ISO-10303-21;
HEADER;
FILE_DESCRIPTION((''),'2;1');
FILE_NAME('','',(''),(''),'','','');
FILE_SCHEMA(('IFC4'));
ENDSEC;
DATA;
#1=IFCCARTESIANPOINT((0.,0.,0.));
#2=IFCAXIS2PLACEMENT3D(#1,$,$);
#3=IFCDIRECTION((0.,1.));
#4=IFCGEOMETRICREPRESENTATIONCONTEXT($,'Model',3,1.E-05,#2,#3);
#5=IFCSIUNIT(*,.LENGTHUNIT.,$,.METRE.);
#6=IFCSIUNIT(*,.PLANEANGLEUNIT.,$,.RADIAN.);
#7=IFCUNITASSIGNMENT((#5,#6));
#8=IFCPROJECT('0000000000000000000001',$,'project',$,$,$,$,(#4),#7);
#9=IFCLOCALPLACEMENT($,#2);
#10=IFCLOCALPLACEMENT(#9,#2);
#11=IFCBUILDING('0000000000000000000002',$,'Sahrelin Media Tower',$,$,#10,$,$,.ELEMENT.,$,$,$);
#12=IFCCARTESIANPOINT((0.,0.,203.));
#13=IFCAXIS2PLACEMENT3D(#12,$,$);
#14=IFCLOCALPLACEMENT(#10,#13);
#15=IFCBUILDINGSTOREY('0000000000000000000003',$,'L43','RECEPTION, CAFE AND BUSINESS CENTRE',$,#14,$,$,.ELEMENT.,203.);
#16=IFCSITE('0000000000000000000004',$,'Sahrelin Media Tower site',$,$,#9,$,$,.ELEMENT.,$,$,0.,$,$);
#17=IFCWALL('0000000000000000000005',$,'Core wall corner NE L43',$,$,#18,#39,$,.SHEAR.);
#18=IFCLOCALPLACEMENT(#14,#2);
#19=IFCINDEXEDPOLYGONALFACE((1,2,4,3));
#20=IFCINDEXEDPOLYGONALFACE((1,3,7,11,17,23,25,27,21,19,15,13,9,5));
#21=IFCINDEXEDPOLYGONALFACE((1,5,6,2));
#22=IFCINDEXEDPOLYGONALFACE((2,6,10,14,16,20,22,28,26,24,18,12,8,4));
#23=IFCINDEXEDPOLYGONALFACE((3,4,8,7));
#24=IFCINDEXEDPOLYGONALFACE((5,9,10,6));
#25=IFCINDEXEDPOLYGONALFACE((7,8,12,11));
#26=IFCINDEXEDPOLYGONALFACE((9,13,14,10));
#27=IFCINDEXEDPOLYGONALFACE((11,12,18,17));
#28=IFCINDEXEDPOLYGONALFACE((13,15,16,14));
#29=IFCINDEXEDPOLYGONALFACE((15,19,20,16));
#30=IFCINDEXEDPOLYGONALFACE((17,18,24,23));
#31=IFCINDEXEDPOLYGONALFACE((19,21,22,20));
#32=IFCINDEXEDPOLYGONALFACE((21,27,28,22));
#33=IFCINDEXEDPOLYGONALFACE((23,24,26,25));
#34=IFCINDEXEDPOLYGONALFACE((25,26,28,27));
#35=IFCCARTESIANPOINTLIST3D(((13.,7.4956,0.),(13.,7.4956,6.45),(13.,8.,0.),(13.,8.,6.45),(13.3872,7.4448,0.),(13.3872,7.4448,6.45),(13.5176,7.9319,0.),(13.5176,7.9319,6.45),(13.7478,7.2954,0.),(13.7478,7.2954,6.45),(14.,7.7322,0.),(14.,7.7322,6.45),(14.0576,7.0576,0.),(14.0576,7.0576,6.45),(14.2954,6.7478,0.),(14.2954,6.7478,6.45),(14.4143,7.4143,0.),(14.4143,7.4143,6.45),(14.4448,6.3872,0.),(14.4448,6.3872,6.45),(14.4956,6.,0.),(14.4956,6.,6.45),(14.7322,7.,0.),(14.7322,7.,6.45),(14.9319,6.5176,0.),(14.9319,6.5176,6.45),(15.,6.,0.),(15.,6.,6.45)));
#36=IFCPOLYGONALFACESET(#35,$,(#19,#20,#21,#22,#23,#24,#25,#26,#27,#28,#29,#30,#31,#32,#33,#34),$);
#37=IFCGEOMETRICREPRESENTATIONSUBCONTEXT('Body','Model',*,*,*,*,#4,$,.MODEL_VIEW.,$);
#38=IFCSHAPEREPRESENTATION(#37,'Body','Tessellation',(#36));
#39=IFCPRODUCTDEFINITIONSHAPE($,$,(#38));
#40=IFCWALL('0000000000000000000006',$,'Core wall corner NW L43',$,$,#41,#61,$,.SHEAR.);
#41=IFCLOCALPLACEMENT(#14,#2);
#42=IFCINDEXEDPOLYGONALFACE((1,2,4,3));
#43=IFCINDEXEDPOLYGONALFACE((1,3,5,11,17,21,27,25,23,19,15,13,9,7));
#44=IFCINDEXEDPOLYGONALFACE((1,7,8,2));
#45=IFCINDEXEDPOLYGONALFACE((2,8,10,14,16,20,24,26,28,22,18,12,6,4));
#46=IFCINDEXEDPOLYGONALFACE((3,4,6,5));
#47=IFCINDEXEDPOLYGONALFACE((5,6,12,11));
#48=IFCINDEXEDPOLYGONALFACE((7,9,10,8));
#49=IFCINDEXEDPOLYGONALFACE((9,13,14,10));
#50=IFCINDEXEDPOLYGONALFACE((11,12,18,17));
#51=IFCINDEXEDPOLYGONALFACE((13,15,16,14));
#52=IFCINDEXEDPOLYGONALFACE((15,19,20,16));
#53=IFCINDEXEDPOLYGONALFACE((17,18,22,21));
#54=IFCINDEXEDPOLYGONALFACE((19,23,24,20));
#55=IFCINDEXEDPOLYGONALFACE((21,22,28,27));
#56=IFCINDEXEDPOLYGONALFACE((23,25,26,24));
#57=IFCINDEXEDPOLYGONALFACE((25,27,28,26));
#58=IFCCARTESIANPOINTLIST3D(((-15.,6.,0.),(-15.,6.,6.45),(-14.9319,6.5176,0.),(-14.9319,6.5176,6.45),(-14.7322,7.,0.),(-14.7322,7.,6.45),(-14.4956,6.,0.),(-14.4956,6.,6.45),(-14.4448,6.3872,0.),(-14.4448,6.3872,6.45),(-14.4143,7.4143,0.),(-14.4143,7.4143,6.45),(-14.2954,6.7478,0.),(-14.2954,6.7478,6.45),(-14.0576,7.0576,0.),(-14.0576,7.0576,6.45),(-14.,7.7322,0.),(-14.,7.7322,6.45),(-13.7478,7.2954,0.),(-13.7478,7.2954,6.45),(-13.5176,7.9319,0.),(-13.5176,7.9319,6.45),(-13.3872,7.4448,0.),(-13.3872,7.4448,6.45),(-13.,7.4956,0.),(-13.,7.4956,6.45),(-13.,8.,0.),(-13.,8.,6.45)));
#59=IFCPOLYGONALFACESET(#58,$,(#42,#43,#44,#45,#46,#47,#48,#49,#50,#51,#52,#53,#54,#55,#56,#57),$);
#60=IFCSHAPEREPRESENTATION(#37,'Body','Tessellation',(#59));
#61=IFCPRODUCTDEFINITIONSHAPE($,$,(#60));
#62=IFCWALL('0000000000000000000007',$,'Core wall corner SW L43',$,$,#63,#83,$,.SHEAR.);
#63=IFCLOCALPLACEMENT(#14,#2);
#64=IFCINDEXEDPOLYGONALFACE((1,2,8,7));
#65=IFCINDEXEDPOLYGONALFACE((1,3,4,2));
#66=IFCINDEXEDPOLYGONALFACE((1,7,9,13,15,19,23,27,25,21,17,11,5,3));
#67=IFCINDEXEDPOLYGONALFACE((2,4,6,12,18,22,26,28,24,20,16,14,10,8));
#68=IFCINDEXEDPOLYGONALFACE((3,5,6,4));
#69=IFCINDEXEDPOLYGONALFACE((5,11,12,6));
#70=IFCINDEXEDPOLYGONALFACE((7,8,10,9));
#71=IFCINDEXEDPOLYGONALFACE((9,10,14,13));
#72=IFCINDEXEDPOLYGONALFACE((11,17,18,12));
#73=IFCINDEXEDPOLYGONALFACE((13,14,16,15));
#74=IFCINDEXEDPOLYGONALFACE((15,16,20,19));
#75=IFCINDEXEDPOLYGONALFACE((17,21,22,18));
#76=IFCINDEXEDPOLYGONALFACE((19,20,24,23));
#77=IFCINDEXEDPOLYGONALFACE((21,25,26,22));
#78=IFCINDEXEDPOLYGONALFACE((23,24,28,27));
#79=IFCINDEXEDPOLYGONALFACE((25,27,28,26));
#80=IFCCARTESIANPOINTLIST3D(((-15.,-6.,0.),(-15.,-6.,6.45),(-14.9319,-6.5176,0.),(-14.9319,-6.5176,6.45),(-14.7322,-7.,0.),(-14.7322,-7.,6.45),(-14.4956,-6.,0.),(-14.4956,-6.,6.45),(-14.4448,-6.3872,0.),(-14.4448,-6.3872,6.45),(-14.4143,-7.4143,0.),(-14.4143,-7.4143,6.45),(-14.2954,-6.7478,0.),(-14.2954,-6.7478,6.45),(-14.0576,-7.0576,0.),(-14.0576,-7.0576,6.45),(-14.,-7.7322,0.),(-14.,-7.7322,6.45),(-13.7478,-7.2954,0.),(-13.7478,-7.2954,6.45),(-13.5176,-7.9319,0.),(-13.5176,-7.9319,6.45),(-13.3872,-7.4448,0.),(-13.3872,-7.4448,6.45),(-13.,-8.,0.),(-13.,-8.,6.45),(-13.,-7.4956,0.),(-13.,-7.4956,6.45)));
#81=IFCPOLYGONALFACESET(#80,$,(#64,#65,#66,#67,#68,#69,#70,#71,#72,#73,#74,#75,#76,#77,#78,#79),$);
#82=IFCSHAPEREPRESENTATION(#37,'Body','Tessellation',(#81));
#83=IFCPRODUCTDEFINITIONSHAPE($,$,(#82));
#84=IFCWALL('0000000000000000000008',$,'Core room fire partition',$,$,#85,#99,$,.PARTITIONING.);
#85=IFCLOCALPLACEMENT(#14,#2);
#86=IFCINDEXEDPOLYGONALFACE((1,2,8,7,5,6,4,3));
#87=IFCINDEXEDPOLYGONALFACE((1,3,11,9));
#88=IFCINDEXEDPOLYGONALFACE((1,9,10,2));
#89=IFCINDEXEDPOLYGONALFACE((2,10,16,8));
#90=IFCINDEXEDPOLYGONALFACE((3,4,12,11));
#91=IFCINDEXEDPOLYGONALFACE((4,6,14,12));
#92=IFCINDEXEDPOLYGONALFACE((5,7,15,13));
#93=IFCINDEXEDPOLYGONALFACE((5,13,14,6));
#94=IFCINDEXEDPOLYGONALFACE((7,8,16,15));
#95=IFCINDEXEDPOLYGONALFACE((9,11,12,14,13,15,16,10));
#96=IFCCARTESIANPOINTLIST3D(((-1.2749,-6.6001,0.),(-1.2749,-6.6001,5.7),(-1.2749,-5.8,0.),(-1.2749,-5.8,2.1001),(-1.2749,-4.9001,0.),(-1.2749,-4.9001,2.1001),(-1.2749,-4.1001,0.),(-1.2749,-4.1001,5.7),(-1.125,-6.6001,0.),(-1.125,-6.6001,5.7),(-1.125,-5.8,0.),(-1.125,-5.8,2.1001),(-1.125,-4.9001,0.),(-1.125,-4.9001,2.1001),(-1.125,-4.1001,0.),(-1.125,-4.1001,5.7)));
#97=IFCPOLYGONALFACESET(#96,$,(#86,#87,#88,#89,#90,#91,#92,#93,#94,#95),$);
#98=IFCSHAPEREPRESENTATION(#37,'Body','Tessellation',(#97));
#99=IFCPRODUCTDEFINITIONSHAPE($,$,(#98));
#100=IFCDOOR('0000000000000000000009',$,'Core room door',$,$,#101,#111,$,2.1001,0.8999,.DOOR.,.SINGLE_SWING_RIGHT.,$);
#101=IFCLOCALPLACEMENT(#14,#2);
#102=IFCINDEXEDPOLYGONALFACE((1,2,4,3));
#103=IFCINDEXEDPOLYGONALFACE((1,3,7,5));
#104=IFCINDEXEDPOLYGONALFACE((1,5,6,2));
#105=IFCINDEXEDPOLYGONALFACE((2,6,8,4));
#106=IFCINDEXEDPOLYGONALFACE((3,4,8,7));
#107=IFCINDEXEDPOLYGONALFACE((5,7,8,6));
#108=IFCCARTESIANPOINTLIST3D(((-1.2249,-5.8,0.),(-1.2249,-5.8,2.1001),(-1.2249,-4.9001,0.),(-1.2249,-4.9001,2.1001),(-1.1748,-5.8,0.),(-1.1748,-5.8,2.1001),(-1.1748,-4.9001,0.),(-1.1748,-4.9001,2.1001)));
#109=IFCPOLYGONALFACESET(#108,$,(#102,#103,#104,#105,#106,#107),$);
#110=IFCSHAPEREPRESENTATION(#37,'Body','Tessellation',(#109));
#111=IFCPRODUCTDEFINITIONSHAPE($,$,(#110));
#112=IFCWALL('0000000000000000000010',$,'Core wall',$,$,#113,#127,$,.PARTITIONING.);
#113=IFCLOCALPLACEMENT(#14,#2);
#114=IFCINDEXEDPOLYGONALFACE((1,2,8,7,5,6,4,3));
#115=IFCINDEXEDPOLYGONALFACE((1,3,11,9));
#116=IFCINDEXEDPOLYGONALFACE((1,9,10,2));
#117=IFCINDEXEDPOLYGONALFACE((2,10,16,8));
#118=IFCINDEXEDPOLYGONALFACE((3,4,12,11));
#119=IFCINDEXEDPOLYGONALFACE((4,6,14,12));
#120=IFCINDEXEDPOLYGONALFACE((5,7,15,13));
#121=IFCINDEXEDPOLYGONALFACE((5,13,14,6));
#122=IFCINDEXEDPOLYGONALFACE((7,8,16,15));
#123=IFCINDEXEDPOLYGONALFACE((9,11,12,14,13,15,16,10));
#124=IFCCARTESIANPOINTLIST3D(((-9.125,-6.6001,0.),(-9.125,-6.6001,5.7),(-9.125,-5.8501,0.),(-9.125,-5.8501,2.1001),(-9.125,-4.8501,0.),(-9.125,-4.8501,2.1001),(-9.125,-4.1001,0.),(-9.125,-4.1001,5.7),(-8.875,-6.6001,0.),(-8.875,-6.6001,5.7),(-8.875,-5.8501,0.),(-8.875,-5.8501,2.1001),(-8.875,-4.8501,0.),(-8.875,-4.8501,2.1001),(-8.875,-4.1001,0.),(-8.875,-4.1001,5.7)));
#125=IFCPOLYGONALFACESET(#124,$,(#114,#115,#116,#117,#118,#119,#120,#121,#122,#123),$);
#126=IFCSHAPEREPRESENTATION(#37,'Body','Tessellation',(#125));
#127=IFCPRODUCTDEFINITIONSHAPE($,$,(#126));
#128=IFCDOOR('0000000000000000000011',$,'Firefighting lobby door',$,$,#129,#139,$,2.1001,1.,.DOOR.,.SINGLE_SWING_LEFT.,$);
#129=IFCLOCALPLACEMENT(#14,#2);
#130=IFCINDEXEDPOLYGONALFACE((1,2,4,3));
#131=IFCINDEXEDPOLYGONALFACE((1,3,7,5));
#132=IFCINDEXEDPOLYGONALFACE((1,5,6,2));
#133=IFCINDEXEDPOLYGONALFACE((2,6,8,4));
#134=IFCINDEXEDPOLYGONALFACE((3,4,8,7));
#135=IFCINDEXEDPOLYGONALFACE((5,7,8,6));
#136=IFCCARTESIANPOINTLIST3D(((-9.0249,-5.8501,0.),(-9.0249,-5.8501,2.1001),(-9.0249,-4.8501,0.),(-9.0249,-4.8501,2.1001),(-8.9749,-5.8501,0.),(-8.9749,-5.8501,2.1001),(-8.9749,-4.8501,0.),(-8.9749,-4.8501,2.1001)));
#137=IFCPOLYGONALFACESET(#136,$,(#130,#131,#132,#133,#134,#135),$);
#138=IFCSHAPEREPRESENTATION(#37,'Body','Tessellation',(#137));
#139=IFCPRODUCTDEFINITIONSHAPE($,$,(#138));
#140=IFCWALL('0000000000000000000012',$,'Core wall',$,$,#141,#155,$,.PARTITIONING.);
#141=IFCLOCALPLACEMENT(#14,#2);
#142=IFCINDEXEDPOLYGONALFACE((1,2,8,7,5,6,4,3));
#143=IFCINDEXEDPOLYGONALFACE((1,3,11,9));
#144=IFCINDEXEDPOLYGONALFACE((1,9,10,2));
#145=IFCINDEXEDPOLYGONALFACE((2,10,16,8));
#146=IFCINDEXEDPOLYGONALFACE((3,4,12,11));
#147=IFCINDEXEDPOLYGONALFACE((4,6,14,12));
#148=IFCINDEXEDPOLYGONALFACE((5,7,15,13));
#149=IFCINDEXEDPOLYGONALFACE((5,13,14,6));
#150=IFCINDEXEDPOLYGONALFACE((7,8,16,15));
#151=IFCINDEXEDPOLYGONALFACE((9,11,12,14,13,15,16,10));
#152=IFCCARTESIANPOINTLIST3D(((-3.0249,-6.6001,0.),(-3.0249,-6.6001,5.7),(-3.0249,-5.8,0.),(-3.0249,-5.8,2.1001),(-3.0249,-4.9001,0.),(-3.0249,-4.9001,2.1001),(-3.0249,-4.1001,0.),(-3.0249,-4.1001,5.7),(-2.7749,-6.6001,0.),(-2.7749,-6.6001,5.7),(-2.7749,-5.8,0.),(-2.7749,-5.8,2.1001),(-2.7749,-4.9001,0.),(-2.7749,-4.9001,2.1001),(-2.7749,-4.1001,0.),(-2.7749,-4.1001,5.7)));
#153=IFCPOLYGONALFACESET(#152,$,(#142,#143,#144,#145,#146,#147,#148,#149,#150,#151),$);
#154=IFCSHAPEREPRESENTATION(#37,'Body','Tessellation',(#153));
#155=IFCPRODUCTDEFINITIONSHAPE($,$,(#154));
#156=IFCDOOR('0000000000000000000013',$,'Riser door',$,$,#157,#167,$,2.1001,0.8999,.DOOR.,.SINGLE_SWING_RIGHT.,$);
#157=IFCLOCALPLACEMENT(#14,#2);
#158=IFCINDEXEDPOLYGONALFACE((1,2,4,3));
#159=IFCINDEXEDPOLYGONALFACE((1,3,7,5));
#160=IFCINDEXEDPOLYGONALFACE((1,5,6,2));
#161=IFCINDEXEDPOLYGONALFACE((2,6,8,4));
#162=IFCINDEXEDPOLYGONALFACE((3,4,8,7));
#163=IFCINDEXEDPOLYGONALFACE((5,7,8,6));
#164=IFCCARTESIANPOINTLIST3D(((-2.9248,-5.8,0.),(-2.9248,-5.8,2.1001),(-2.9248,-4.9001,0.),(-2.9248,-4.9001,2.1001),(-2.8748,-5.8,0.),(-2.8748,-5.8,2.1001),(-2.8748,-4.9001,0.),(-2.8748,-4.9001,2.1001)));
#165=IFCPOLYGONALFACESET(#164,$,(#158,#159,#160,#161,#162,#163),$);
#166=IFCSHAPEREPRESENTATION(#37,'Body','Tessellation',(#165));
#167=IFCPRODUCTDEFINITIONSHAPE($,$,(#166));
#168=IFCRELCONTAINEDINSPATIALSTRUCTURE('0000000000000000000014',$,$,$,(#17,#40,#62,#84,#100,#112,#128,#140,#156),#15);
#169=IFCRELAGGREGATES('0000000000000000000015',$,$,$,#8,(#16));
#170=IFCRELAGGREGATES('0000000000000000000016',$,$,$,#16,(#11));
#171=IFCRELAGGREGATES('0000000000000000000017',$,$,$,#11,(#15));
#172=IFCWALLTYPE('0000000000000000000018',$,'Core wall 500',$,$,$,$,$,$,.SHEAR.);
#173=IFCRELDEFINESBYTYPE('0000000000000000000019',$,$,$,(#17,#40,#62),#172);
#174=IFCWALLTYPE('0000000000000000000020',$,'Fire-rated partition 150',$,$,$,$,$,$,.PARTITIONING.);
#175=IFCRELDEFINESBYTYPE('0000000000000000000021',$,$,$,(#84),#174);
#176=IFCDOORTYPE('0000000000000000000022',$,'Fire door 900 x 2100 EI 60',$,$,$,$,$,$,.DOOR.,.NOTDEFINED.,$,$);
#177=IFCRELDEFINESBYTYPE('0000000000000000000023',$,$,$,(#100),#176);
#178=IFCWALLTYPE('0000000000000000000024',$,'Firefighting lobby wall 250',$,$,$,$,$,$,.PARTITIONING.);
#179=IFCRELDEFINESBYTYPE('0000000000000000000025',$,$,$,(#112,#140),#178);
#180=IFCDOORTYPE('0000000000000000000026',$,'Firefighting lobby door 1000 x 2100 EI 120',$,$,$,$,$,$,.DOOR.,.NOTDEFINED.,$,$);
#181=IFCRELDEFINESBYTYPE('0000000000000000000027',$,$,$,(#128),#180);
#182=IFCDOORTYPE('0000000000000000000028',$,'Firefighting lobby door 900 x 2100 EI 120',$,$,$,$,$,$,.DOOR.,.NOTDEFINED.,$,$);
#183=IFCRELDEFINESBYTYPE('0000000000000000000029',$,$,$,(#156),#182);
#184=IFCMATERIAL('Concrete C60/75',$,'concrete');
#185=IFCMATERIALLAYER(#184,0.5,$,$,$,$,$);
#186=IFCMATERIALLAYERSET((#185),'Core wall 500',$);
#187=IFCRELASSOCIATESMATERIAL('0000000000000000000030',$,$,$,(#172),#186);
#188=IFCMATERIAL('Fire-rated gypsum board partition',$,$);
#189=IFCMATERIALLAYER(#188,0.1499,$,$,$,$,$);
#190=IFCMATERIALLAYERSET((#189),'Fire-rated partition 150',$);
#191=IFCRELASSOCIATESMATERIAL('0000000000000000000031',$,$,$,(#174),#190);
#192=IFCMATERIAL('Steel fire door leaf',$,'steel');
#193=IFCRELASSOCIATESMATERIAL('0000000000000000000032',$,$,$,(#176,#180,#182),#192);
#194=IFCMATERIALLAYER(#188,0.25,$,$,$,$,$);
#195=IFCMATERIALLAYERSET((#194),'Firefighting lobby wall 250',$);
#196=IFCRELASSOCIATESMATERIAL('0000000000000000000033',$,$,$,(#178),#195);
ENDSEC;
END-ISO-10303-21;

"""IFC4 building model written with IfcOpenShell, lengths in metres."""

from ifc_helpers import new_model, si_unit, direction, frame, frame_2d, origin, place, context, subcontext, project, spatial, polyline, rectangle, outline, extrude, material, layer, layer_set, type_object, element, fill, save


model = new_model("IFC4")

# Units and contexts
model_context = context("Model", 3, precision=1e-05, world=origin(), true_north=direction((0.0, 1.0)))
body_context = subcontext(model_context, "Body", "Model", "MODEL_VIEW")
ifc_project = project(units=[si_unit("LENGTHUNIT", "METRE"), si_unit("PLANEANGLEUNIT", "RADIAN")], contexts=[model_context])

# Site, building, storey
site_placement = place(None, origin())
site = spatial("IfcSite", under=ifc_project, at=site_placement, Name="Sahrelin Media Tower site", CompositionType="ELEMENT", RefElevation=0.0)
building_placement = place(site_placement, origin())
building = spatial("IfcBuilding", under=site, at=building_placement, Name="Sahrelin Media Tower", CompositionType="ELEMENT")
storey_placement = place(building_placement, frame((0.0, 0.0, 203.0)))
storey = spatial("IfcBuildingStorey", under=building, at=storey_placement, Name="L43", Description="RECEPTION, CAFE AND BUSINESS CENTRE", CompositionType="ELEMENT", Elevation=203.0)

# Walls
ifc_material_1 = material(Name="Concrete C60/75", Category="concrete")
ifc_layer_1 = layer(ifc_material_1, 0.5)
ifc_layer_set_1 = layer_set([ifc_layer_1], Name="Core wall 500")
wall_type_1 = type_object("IfcWallType", Name="Core wall 500", PredefinedType="SHEAR", material=ifc_layer_set_1)
placement = place(storey_placement, origin())
element("IfcWall", 1, at=placement, inside=storey, type_object=wall_type_1, Name="Core wall corner NE L43", PredefinedType="SHEAR", context=body_context, shape_type="SweptSolid", body=[
    extrude(outline(polyline([(13.0, 8.0), (13.0, 7.4956), (13.3872, 7.4448), (13.7478, 7.2954), (14.0576, 7.0576), (14.2954, 6.7478), (14.4448, 6.3872), (14.4956, 6.0), (15.0, 6.0), (14.9319, 6.5176), (14.7322, 7.0), (14.4143, 7.4143), (14.0, 7.7322), (13.5176, 7.9319), (13.0, 8.0)])), origin(), (0.0, 0.0, 1.0), 6.45),
])
element("IfcWall", 2, at=placement, inside=storey, type_object=wall_type_1, Name="Core wall corner NW L43", PredefinedType="SHEAR", context=body_context, shape_type="SweptSolid", body=[
    extrude(outline(polyline([(-15.0, 6.0), (-14.4956, 6.0), (-14.4448, 6.3872), (-14.2954, 6.7478), (-14.0576, 7.0576), (-13.7478, 7.2954), (-13.3872, 7.4448), (-13.0, 7.4956), (-13.0, 8.0), (-13.5176, 7.9319), (-14.0, 7.7322), (-14.4143, 7.4143), (-14.7322, 7.0), (-14.9319, 6.5176), (-15.0, 6.0)])), origin(), (0.0, 0.0, 1.0), 6.45),
])
element("IfcWall", 3, at=placement, inside=storey, type_object=wall_type_1, Name="Core wall corner SW L43", PredefinedType="SHEAR", context=body_context, shape_type="SweptSolid", body=[
    extrude(outline(polyline([(-13.0, -8.0), (-13.0, -7.4956), (-13.3872, -7.4448), (-13.7478, -7.2954), (-14.0576, -7.0576), (-14.2954, -6.7478), (-14.4448, -6.3872), (-14.4956, -6.0), (-15.0, -6.0), (-14.9319, -6.5176), (-14.7322, -7.0), (-14.4143, -7.4143), (-14.0, -7.7322), (-13.5176, -7.9319), (-13.0, -8.0)])), origin(), (0.0, 0.0, 1.0), 6.45),
])

# Walls, openings, doors
ifc_material_2 = material(Name="Fire-rated gypsum board partition")
ifc_layer_2 = layer(ifc_material_2, 0.1499)
ifc_layer_set_2 = layer_set([ifc_layer_2], Name="Fire-rated partition 150")
wall_type_2 = type_object("IfcWallType", Name="Fire-rated partition 150", PredefinedType="PARTITIONING", material=ifc_layer_set_2)
wall_1_placement = place(storey_placement, frame((-1.2, -6.6001, 0.0), z_axis=(0.0, 0.0, 1.0), x_axis=(0.0, 1.0, 0.0)))
wall_1 = element("IfcWall", 4, at=wall_1_placement, inside=storey, type_object=wall_type_2, Name="Core room fire partition", PredefinedType="PARTITIONING", context=body_context, shape_type="SweptSolid", body=[
    extrude(rectangle(XDim=2.5, YDim=0.1499, at=frame_2d((1.25, 0.0))), origin(), (0.0, 0.0, 1.0), 5.7),
])
opening_1_placement = place(wall_1_placement, frame((0.8, 0.0, 0.0)))
opening_1 = element("IfcOpeningElement", 5, at=opening_1_placement, cuts=wall_1, PredefinedType="OPENING", context=body_context, shape_type="SweptSolid", body=[
    extrude(rectangle(XDim=0.8999, YDim=2.1001, at=frame_2d((0.45, 1.05))), frame((0.0, 0.075, 0.0), z_axis=(0.0, -1.0, 0.0), x_axis=(1.0, 0.0, 0.0)), (0.0, 0.0, 1.0), 0.1499),
])
ifc_material_3 = material(Name="Steel fire door leaf", Category="steel")
door_type_1 = type_object("IfcDoorType", Name="Fire door 900 x 2100 EI 60", OperationType="NOTDEFINED", PredefinedType="DOOR", material=ifc_material_3)
door_1_placement = place(opening_1_placement, origin())
door_1 = element("IfcDoor", 6, at=door_1_placement, inside=storey, type_object=door_type_1, Name="Core room door", OperationType="SINGLE_SWING_RIGHT", OverallHeight=2.1001, OverallWidth=0.8999, PredefinedType="DOOR", context=body_context, shape_type="SweptSolid", body=[
    extrude(rectangle(XDim=0.8999, YDim=2.1001, at=frame_2d((0.45, 1.05))), frame((0.0, 0.0249, 0.0), z_axis=(0.0, -1.0, 0.0), x_axis=(1.0, 0.0, 0.0)), (0.0, 0.0, 1.0), 0.05),
])
fill(opening_1, door_1)
ifc_layer_3 = layer(ifc_material_2, 0.25)
ifc_layer_set_3 = layer_set([ifc_layer_3], Name="Firefighting lobby wall 250")
wall_type_3 = type_object("IfcWallType", Name="Firefighting lobby wall 250", PredefinedType="PARTITIONING", material=ifc_layer_set_3)
wall_2_placement = place(storey_placement, frame((-9.0, -6.6001, 0.0), z_axis=(0.0, 0.0, 1.0), x_axis=(0.0, 1.0, 0.0)))
wall_2 = element("IfcWall", 7, at=wall_2_placement, inside=storey, type_object=wall_type_3, Name="Core wall", PredefinedType="PARTITIONING", context=body_context, shape_type="SweptSolid", body=[
    extrude(rectangle(XDim=2.5, YDim=0.25, at=frame_2d((1.25, 0.0))), origin(), (0.0, 0.0, 1.0), 5.7),
])
opening_2_placement = place(wall_2_placement, frame((0.75, 0.0, 0.0)))
opening_2 = element("IfcOpeningElement", 8, at=opening_2_placement, cuts=wall_2, PredefinedType="OPENING", context=body_context, shape_type="SweptSolid", body=[
    extrude(rectangle(XDim=1.0, YDim=2.1001, at=frame_2d((0.5, 1.05))), frame((0.0, 0.125, 0.0), z_axis=(0.0, -1.0, 0.0), x_axis=(1.0, 0.0, 0.0)), (0.0, 0.0, 1.0), 0.25),
])
door_type_2 = type_object("IfcDoorType", Name="Firefighting lobby door 1000 x 2100 EI 120", OperationType="NOTDEFINED", PredefinedType="DOOR", material=ifc_material_3)
door_2_placement = place(opening_2_placement, origin())
door_2 = element("IfcDoor", 9, at=door_2_placement, inside=storey, type_object=door_type_2, Name="Firefighting lobby door", OperationType="SINGLE_SWING_LEFT", OverallHeight=2.1001, OverallWidth=1.0, PredefinedType="DOOR", context=body_context, shape_type="SweptSolid", body=[
    extrude(rectangle(XDim=1.0, YDim=2.1001, at=frame_2d((0.5, 1.05))), frame((0.0, 0.0249, 0.0), z_axis=(0.0, -1.0, 0.0), x_axis=(1.0, 0.0, 0.0)), (0.0, 0.0, 1.0), 0.05),
])
fill(opening_2, door_2)
wall_3_placement = place(storey_placement, frame((-2.8999, -6.6001, 0.0), z_axis=(0.0, 0.0, 1.0), x_axis=(0.0, 1.0, 0.0)))
wall_3 = element("IfcWall", 10, at=wall_3_placement, inside=storey, type_object=wall_type_3, Name="Core wall", PredefinedType="PARTITIONING", context=body_context, shape_type="SweptSolid", body=[
    extrude(rectangle(XDim=2.5, YDim=0.25, at=frame_2d((1.25, 0.0))), origin(), (0.0, 0.0, 1.0), 5.7),
])
opening_3_placement = place(wall_3_placement, frame((0.8, 0.0, 0.0)))
opening_3 = element("IfcOpeningElement", 11, at=opening_3_placement, cuts=wall_3, PredefinedType="OPENING", context=body_context, shape_type="SweptSolid", body=[
    extrude(rectangle(XDim=0.8999, YDim=2.1001, at=frame_2d((0.45, 1.05))), frame((0.0, 0.125, 0.0), z_axis=(0.0, -1.0, 0.0), x_axis=(1.0, 0.0, 0.0)), (0.0, 0.0, 1.0), 0.25),
])
door_type_3 = type_object("IfcDoorType", Name="Firefighting lobby door 900 x 2100 EI 120", OperationType="NOTDEFINED", PredefinedType="DOOR", material=ifc_material_3)
door_3_placement = place(opening_3_placement, origin())
door_3 = element("IfcDoor", 12, at=door_3_placement, inside=storey, type_object=door_type_3, Name="Riser door", OperationType="SINGLE_SWING_RIGHT", OverallHeight=2.1001, OverallWidth=0.8999, PredefinedType="DOOR", context=body_context, shape_type="SweptSolid", body=[
    extrude(rectangle(XDim=0.8999, YDim=2.1001, at=frame_2d((0.45, 1.05))), frame((0.0, 0.0249, 0.0), z_axis=(0.0, -1.0, 0.0), x_axis=(1.0, 0.0, 0.0)), (0.0, 0.0, 1.0), 0.05),
])
fill(opening_3, door_3)

save(model, "model.ifc")
